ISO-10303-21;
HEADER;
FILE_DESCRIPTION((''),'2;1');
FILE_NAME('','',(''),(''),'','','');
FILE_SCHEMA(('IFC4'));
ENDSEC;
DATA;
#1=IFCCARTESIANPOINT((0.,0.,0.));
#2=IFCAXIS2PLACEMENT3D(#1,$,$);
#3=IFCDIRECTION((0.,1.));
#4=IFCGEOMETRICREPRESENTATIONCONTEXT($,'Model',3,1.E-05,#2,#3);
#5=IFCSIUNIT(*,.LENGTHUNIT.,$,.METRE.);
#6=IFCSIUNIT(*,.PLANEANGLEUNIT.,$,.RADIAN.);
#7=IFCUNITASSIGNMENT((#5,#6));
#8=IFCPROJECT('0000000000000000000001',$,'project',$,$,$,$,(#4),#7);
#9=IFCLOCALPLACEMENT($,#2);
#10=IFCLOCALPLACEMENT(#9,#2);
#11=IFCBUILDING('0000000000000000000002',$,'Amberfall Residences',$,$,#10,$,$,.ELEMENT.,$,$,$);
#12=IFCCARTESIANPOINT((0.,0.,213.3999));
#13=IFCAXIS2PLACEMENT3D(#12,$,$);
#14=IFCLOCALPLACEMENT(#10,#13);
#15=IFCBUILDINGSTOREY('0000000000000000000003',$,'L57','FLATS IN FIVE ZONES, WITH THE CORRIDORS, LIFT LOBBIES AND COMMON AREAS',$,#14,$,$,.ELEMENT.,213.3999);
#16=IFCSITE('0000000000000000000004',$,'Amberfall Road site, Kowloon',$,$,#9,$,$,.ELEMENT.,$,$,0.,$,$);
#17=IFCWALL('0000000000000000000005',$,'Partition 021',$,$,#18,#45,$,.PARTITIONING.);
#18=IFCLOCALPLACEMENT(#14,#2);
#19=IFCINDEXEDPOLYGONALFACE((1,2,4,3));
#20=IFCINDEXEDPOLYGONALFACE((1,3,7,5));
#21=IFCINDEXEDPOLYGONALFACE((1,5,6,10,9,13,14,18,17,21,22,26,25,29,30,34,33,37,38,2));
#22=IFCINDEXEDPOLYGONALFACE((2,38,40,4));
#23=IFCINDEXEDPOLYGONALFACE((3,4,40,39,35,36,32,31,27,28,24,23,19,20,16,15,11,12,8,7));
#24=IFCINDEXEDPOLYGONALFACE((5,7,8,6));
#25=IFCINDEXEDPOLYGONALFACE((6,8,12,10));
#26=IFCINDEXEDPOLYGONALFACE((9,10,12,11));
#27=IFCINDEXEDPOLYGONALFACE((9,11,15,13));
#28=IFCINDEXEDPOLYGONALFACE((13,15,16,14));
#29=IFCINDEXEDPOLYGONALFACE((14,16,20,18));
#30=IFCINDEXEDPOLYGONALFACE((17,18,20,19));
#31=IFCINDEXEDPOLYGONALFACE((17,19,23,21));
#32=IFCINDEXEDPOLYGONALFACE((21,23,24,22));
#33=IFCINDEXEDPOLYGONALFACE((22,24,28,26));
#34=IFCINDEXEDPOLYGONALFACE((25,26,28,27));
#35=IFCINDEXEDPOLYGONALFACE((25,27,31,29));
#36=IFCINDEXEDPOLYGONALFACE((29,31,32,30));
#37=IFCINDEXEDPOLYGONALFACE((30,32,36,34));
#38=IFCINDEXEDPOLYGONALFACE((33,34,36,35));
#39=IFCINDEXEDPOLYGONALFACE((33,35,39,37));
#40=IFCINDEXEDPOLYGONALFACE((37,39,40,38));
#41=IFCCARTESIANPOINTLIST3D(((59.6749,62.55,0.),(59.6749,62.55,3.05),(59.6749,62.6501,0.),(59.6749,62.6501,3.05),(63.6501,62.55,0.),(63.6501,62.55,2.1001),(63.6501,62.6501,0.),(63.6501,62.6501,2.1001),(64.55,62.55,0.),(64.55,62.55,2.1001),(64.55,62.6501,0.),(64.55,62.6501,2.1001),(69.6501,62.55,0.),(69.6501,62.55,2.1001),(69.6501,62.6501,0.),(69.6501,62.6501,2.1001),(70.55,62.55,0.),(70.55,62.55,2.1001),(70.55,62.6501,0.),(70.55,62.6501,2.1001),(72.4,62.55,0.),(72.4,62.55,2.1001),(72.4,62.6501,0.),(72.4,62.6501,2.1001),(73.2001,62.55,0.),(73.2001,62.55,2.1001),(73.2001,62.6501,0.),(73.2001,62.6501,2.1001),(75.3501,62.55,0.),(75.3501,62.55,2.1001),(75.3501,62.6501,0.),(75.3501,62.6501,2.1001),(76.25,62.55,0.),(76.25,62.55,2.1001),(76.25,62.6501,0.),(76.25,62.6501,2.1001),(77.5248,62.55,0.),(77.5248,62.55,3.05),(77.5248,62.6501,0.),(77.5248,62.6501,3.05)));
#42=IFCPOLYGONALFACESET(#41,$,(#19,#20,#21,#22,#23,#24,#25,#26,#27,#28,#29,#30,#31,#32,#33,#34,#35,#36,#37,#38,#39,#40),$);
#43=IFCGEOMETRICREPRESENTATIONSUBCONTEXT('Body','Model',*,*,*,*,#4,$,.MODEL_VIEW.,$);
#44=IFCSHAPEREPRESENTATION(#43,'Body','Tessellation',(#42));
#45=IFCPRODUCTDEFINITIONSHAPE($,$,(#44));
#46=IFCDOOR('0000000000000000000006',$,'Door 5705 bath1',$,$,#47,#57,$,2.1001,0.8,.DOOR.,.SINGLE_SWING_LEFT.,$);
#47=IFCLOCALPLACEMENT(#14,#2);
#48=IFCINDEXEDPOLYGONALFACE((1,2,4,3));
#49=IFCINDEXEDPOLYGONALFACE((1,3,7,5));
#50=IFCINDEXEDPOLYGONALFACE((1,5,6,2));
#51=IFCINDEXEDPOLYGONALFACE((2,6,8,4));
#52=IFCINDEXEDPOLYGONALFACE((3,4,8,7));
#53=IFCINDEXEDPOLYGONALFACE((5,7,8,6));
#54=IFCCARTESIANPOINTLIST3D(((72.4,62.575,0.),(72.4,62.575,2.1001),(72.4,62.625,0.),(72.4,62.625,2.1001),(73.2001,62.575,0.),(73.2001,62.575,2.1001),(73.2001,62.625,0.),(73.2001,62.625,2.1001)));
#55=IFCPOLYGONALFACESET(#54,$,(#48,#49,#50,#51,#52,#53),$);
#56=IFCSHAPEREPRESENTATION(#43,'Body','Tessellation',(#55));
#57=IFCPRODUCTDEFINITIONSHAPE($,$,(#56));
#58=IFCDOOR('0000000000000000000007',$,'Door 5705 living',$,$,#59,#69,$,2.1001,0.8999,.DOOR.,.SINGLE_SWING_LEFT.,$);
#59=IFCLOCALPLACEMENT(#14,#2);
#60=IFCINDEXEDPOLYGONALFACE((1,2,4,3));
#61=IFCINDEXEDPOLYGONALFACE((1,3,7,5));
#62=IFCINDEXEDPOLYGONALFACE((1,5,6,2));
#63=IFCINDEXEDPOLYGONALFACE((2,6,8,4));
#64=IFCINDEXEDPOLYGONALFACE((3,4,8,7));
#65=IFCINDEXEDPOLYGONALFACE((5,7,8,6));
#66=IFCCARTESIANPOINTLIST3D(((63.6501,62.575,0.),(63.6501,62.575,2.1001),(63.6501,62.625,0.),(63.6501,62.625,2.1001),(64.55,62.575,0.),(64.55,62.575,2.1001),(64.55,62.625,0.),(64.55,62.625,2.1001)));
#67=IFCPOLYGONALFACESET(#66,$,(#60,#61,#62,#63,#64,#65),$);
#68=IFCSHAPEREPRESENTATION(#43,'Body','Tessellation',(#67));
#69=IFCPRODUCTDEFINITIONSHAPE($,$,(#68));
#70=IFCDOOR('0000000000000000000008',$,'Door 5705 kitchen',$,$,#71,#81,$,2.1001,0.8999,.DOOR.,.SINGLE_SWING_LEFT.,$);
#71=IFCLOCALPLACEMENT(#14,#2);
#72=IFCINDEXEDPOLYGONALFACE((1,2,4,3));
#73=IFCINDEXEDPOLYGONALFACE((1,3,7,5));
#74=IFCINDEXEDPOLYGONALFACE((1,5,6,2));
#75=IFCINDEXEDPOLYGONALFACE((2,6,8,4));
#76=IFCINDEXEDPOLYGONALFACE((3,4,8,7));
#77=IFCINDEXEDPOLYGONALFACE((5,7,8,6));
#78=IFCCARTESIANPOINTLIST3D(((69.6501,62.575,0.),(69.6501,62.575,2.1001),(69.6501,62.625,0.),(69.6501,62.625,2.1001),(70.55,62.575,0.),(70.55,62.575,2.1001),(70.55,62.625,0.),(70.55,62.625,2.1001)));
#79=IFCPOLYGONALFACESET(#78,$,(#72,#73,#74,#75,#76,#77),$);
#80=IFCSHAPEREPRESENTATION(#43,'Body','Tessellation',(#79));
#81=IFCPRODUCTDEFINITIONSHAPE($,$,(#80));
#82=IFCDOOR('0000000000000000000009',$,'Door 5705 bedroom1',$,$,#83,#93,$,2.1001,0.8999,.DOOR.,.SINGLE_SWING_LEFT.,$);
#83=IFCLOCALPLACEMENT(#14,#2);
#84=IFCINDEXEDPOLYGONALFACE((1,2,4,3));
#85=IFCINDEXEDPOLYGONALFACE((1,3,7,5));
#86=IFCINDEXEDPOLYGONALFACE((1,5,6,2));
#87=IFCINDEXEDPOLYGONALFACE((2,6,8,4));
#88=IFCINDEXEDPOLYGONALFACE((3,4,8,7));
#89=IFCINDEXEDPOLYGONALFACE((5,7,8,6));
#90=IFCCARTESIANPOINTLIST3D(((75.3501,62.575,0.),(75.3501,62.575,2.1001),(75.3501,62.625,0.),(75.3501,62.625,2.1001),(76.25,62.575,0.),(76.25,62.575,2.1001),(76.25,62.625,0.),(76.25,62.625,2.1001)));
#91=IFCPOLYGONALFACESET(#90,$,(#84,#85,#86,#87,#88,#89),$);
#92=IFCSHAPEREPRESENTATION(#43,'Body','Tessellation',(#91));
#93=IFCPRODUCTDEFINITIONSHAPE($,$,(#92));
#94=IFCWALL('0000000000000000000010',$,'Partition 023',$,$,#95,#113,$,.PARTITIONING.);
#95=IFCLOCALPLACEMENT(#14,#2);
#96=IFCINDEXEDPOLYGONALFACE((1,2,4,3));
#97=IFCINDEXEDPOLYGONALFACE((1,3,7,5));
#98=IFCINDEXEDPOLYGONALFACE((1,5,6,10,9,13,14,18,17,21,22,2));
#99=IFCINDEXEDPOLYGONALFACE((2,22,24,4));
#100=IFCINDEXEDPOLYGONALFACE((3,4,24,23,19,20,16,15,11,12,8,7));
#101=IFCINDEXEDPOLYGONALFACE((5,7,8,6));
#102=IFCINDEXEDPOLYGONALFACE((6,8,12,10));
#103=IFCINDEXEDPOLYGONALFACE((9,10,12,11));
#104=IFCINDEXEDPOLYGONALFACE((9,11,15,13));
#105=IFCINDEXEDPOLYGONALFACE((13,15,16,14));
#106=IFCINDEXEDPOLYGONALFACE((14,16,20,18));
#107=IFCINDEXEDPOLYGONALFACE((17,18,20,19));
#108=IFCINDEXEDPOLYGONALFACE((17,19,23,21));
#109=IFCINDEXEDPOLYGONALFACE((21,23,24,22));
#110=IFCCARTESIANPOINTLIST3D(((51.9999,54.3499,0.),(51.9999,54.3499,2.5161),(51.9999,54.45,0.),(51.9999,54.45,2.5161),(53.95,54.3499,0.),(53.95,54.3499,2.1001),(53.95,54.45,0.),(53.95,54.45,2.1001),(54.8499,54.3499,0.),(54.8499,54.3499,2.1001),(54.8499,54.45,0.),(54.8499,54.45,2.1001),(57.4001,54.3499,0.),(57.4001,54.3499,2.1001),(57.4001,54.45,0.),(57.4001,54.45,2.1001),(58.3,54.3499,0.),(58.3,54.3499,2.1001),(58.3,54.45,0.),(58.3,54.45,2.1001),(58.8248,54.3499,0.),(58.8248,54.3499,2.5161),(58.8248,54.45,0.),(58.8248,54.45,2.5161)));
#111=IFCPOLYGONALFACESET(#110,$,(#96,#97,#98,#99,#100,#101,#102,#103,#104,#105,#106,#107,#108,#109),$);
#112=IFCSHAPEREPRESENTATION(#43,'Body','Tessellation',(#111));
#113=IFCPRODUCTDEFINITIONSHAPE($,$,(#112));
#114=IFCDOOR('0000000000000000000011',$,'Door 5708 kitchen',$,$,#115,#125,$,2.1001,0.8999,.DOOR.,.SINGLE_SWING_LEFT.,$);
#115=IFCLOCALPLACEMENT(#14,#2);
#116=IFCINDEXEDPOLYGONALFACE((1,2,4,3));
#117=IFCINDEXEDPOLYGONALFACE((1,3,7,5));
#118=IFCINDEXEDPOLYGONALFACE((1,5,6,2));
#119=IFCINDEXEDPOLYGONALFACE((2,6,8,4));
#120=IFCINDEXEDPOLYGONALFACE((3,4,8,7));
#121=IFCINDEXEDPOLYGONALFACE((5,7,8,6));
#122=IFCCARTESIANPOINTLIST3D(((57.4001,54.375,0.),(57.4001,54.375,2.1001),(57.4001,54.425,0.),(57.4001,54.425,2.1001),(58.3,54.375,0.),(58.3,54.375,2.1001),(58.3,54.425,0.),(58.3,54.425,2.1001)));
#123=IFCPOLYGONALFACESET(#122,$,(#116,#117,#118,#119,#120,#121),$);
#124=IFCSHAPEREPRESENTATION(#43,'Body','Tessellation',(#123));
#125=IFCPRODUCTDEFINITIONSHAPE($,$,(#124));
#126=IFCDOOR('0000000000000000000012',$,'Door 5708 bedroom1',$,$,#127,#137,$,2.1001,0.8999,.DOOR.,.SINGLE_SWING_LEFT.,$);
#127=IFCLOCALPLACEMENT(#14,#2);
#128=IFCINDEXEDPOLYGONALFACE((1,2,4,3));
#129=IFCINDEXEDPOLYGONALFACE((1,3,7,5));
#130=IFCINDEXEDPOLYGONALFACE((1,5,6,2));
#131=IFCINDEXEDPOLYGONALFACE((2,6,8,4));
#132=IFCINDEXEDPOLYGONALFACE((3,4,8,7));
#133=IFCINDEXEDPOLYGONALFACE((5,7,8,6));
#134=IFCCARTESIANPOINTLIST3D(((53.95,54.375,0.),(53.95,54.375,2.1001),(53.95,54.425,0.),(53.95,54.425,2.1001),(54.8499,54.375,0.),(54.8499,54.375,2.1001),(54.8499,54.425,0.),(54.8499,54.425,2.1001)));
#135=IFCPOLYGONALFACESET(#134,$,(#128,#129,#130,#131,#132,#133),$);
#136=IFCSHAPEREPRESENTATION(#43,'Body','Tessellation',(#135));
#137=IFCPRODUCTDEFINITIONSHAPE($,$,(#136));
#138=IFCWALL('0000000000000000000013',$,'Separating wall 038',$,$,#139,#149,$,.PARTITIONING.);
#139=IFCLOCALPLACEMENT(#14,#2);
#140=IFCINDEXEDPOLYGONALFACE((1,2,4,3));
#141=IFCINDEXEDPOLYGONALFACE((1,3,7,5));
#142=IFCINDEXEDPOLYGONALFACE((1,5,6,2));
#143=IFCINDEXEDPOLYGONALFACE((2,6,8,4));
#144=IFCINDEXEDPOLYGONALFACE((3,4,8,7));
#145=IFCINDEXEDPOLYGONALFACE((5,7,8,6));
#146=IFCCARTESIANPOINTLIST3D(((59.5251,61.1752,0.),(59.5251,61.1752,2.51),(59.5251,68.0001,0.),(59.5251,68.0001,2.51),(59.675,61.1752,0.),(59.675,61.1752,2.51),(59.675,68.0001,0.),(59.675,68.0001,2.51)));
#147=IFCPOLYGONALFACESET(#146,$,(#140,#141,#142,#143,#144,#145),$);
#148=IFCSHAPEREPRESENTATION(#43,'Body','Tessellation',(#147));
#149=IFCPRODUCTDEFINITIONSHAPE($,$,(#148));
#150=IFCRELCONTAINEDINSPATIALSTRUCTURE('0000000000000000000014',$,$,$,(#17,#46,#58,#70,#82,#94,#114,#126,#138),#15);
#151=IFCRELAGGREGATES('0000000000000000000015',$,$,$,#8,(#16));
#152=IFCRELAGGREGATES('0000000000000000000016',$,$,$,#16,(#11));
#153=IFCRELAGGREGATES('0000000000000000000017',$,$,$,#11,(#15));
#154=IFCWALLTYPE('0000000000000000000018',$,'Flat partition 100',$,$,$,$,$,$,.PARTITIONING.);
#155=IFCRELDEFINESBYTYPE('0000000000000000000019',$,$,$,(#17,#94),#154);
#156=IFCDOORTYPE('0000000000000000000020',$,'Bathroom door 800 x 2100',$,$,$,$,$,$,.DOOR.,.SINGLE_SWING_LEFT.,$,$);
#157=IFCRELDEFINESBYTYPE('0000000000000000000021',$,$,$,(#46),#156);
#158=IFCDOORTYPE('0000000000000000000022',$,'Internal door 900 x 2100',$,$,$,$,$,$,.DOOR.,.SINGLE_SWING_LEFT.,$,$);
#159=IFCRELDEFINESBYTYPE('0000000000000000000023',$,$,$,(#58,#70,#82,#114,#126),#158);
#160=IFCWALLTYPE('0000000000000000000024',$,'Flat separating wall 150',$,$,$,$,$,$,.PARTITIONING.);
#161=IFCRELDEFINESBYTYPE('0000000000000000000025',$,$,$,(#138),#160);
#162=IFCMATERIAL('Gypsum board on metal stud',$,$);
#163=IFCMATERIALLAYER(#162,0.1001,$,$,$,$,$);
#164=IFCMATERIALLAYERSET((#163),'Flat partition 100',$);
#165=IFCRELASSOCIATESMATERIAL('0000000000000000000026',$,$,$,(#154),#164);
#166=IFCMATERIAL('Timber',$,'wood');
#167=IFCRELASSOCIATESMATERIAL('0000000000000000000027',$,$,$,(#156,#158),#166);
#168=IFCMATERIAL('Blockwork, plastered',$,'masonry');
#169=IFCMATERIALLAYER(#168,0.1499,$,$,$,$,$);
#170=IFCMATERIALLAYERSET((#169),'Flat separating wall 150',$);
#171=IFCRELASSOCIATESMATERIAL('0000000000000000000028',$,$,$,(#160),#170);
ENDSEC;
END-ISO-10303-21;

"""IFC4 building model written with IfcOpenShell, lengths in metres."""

from ifc_helpers import new_model, si_unit, direction, frame, frame_2d, origin, place, context, subcontext, project, spatial, rectangle, extrude, material, layer, layer_set, type_object, element, fill, save


model = new_model("IFC4")

# Units and contexts
model_context = context("Model", 3, precision=1e-05, world=origin(), true_north=direction((0.0, 1.0)))
body_context = subcontext(model_context, "Body", "Model", "MODEL_VIEW")
ifc_project = project(units=[si_unit("LENGTHUNIT", "METRE"), si_unit("PLANEANGLEUNIT", "RADIAN")], contexts=[model_context])

# Site, building, storey
site_placement = place(None, origin())
site = spatial("IfcSite", under=ifc_project, at=site_placement, Name="Amberfall Road site, Kowloon", CompositionType="ELEMENT", RefElevation=0.0)
building_placement = place(site_placement, origin())
building = spatial("IfcBuilding", under=site, at=building_placement, Name="Amberfall Residences", CompositionType="ELEMENT")
storey_placement = place(building_placement, frame((0.0, 0.0, 213.3999)))
storey = spatial("IfcBuildingStorey", under=building, at=storey_placement, Name="L57", Description="FLATS IN FIVE ZONES, WITH THE CORRIDORS, LIFT LOBBIES AND COMMON AREAS", CompositionType="ELEMENT", Elevation=213.3999)

# Shared definitions
ifc_material_1 = material(Name="Gypsum board on metal stud")
ifc_layer_1 = layer(ifc_material_1, 0.1001)
ifc_layer_set_1 = layer_set([ifc_layer_1], Name="Flat partition 100")
wall_type_1 = type_object("IfcWallType", Name="Flat partition 100", PredefinedType="PARTITIONING", material=ifc_layer_set_1)

# Walls, openings, doors
wall_1_placement = place(storey_placement, frame((59.675, 62.6001, 0.0), z_axis=(0.0, 0.0, 1.0), x_axis=(1.0, 0.0, 0.0)))
wall_1 = element("IfcWall", 1, at=wall_1_placement, inside=storey, type_object=wall_type_1, Name="Partition 021", PredefinedType="PARTITIONING", context=body_context, shape_type="SweptSolid", body=[
    extrude(rectangle(XDim=17.8499, YDim=0.1001, at=frame_2d((8.9248, 0.0))), origin(), (0.0, 0.0, 1.0), 3.05),
])
opening_1_placement = place(wall_1_placement, frame((3.9751, 0.0, 0.0)))
opening_1 = element("IfcOpeningElement", 2, at=opening_1_placement, cuts=wall_1, PredefinedType="OPENING", context=body_context, shape_type="SweptSolid", body=[
    extrude(rectangle(XDim=0.8999, YDim=2.1001, at=frame_2d((0.45, 1.05))), frame((0.0, 0.0601, 0.0), z_axis=(0.0, -1.0, 0.0), x_axis=(1.0, 0.0, 0.0)), (0.0, 0.0, 1.0), 0.1201),
])
opening_2_placement = place(wall_1_placement, frame((9.9751, 0.0, 0.0)))
opening_2 = element("IfcOpeningElement", 3, at=opening_2_placement, cuts=wall_1, PredefinedType="OPENING", context=body_context, shape_type="SweptSolid", body=[
    extrude(rectangle(XDim=0.8999, YDim=2.1001, at=frame_2d((0.45, 1.05))), frame((0.0, 0.0601, 0.0), z_axis=(0.0, -1.0, 0.0), x_axis=(1.0, 0.0, 0.0)), (0.0, 0.0, 1.0), 0.1201),
])
opening_3_placement = place(wall_1_placement, frame((15.675, 0.0, 0.0)))
opening_3 = element("IfcOpeningElement", 4, at=opening_3_placement, cuts=wall_1, PredefinedType="OPENING", context=body_context, shape_type="SweptSolid", body=[
    extrude(rectangle(XDim=0.8999, YDim=2.1001, at=frame_2d((0.45, 1.05))), frame((0.0, 0.0601, 0.0), z_axis=(0.0, -1.0, 0.0), x_axis=(1.0, 0.0, 0.0)), (0.0, 0.0, 1.0), 0.1201),
])
opening_4_placement = place(wall_1_placement, frame((12.7251, 0.0, 0.0)))
opening_4 = element("IfcOpeningElement", 5, at=opening_4_placement, cuts=wall_1, PredefinedType="OPENING", context=body_context, shape_type="SweptSolid", body=[
    extrude(rectangle(XDim=0.8, YDim=2.1001, at=frame_2d((0.3999, 1.05))), frame((0.0, 0.0601, 0.0), z_axis=(0.0, -1.0, 0.0), x_axis=(1.0, 0.0, 0.0)), (0.0, 0.0, 1.0), 0.1201),
])
ifc_material_2 = material(Name="Timber", Category="wood")
door_type_1 = type_object("IfcDoorType", Name="Bathroom door 800 x 2100", OperationType="SINGLE_SWING_LEFT", PredefinedType="DOOR", material=ifc_material_2)
door_1_placement = place(opening_4_placement, origin())
door_1 = element("IfcDoor", 6, at=door_1_placement, inside=storey, type_object=door_type_1, Name="Door 5705 bath1", OperationType="SINGLE_SWING_LEFT", OverallHeight=2.1001, OverallWidth=0.8, PredefinedType="DOOR", context=body_context, shape_type="SweptSolid", body=[
    extrude(rectangle(XDim=0.8, YDim=2.1001, at=frame_2d((0.3999, 1.05))), frame((0.0, 0.0249, 0.0), z_axis=(0.0, -1.0, 0.0), x_axis=(1.0, 0.0, 0.0)), (0.0, 0.0, 1.0), 0.05),
])
fill(opening_4, door_1)
door_type_2 = type_object("IfcDoorType", Name="Internal door 900 x 2100", OperationType="SINGLE_SWING_LEFT", PredefinedType="DOOR", material=ifc_material_2)
door_2_placement = place(opening_1_placement, origin())
door_2 = element("IfcDoor", 7, at=door_2_placement, inside=storey, type_object=door_type_2, Name="Door 5705 living", OperationType="SINGLE_SWING_LEFT", OverallHeight=2.1001, OverallWidth=0.8999, PredefinedType="DOOR", context=body_context, shape_type="SweptSolid", body=[
    extrude(rectangle(XDim=0.8999, YDim=2.1001, at=frame_2d((0.45, 1.05))), frame((0.0, 0.0249, 0.0), z_axis=(0.0, -1.0, 0.0), x_axis=(1.0, 0.0, 0.0)), (0.0, 0.0, 1.0), 0.05),
])
fill(opening_1, door_2)
door_3_placement = place(opening_2_placement, origin())
door_3 = element("IfcDoor", 8, at=door_3_placement, inside=storey, type_object=door_type_2, Name="Door 5705 kitchen", OperationType="SINGLE_SWING_LEFT", OverallHeight=2.1001, OverallWidth=0.8999, PredefinedType="DOOR", context=body_context, shape_type="SweptSolid", body=[
    extrude(rectangle(XDim=0.8999, YDim=2.1001, at=frame_2d((0.45, 1.05))), frame((0.0, 0.0249, 0.0), z_axis=(0.0, -1.0, 0.0), x_axis=(1.0, 0.0, 0.0)), (0.0, 0.0, 1.0), 0.05),
])
fill(opening_2, door_3)
door_4_placement = place(opening_3_placement, origin())
door_4 = element("IfcDoor", 9, at=door_4_placement, inside=storey, type_object=door_type_2, Name="Door 5705 bedroom1", OperationType="SINGLE_SWING_LEFT", OverallHeight=2.1001, OverallWidth=0.8999, PredefinedType="DOOR", context=body_context, shape_type="SweptSolid", body=[
    extrude(rectangle(XDim=0.8999, YDim=2.1001, at=frame_2d((0.45, 1.05))), frame((0.0, 0.0249, 0.0), z_axis=(0.0, -1.0, 0.0), x_axis=(1.0, 0.0, 0.0)), (0.0, 0.0, 1.0), 0.05),
])
fill(opening_3, door_4)
wall_2_placement = place(storey_placement, frame((58.825, 54.3999, 0.0), z_axis=(0.0, 0.0, 1.0), x_axis=(-1.0, 0.0, 0.0)))
wall_2 = element("IfcWall", 10, at=wall_2_placement, inside=storey, type_object=wall_type_1, Name="Partition 023", PredefinedType="PARTITIONING", context=body_context, shape_type="SweptSolid", body=[
    extrude(rectangle(XDim=6.825, YDim=0.1001, at=frame_2d((3.4126, 0.0))), origin(), (0.0, 0.0, 1.0), 2.5161),
])
opening_5_placement = place(wall_2_placement, frame((0.5249, 0.0, 0.0)))
opening_5 = element("IfcOpeningElement", 11, at=opening_5_placement, cuts=wall_2, PredefinedType="OPENING", context=body_context, shape_type="SweptSolid", body=[
    extrude(rectangle(XDim=0.8999, YDim=2.1001, at=frame_2d((0.45, 1.05))), frame((0.0, 0.0601, 0.0), z_axis=(0.0, -1.0, 0.0), x_axis=(1.0, 0.0, 0.0)), (0.0, 0.0, 1.0), 0.1201),
])
opening_6_placement = place(wall_2_placement, frame((3.9751, 0.0, 0.0)))
opening_6 = element("IfcOpeningElement", 12, at=opening_6_placement, cuts=wall_2, PredefinedType="OPENING", context=body_context, shape_type="SweptSolid", body=[
    extrude(rectangle(XDim=0.8999, YDim=2.1001, at=frame_2d((0.45, 1.05))), frame((0.0, 0.0601, 0.0), z_axis=(0.0, -1.0, 0.0), x_axis=(1.0, 0.0, 0.0)), (0.0, 0.0, 1.0), 0.1201),
])
door_5_placement = place(opening_5_placement, origin())
door_5 = element("IfcDoor", 13, at=door_5_placement, inside=storey, type_object=door_type_2, Name="Door 5708 kitchen", OperationType="SINGLE_SWING_LEFT", OverallHeight=2.1001, OverallWidth=0.8999, PredefinedType="DOOR", context=body_context, shape_type="SweptSolid", body=[
    extrude(rectangle(XDim=0.8999, YDim=2.1001, at=frame_2d((0.45, 1.05))), frame((0.0, 0.0249, 0.0), z_axis=(0.0, -1.0, 0.0), x_axis=(1.0, 0.0, 0.0)), (0.0, 0.0, 1.0), 0.05),
])
fill(opening_5, door_5)
door_6_placement = place(opening_6_placement, origin())
door_6 = element("IfcDoor", 14, at=door_6_placement, inside=storey, type_object=door_type_2, Name="Door 5708 bedroom1", OperationType="SINGLE_SWING_LEFT", OverallHeight=2.1001, OverallWidth=0.8999, PredefinedType="DOOR", context=body_context, shape_type="SweptSolid", body=[
    extrude(rectangle(XDim=0.8999, YDim=2.1001, at=frame_2d((0.45, 1.05))), frame((0.0, 0.0249, 0.0), z_axis=(0.0, -1.0, 0.0), x_axis=(1.0, 0.0, 0.0)), (0.0, 0.0, 1.0), 0.05),
])
fill(opening_6, door_6)

# Wall
ifc_material_3 = material(Name="Blockwork, plastered", Category="masonry")
ifc_layer_2 = layer(ifc_material_3, 0.1499)
ifc_layer_set_2 = layer_set([ifc_layer_2], Name="Flat separating wall 150")
wall_type_2 = type_object("IfcWallType", Name="Flat separating wall 150", PredefinedType="PARTITIONING", material=ifc_layer_set_2)
wall_3_placement = place(storey_placement, frame((59.6001, 61.175, 0.0), z_axis=(0.0, 0.0, 1.0), x_axis=(0.0, 1.0, 0.0)))
element("IfcWall", 15, at=wall_3_placement, inside=storey, type_object=wall_type_2, Name="Separating wall 038", PredefinedType="PARTITIONING", context=body_context, shape_type="SweptSolid", body=[
    extrude(rectangle(XDim=6.825, YDim=0.1499, at=frame_2d((3.4126, 0.0))), origin(), (0.0, 0.0, 1.0), 2.51),
])

save(model, "model.ifc")
